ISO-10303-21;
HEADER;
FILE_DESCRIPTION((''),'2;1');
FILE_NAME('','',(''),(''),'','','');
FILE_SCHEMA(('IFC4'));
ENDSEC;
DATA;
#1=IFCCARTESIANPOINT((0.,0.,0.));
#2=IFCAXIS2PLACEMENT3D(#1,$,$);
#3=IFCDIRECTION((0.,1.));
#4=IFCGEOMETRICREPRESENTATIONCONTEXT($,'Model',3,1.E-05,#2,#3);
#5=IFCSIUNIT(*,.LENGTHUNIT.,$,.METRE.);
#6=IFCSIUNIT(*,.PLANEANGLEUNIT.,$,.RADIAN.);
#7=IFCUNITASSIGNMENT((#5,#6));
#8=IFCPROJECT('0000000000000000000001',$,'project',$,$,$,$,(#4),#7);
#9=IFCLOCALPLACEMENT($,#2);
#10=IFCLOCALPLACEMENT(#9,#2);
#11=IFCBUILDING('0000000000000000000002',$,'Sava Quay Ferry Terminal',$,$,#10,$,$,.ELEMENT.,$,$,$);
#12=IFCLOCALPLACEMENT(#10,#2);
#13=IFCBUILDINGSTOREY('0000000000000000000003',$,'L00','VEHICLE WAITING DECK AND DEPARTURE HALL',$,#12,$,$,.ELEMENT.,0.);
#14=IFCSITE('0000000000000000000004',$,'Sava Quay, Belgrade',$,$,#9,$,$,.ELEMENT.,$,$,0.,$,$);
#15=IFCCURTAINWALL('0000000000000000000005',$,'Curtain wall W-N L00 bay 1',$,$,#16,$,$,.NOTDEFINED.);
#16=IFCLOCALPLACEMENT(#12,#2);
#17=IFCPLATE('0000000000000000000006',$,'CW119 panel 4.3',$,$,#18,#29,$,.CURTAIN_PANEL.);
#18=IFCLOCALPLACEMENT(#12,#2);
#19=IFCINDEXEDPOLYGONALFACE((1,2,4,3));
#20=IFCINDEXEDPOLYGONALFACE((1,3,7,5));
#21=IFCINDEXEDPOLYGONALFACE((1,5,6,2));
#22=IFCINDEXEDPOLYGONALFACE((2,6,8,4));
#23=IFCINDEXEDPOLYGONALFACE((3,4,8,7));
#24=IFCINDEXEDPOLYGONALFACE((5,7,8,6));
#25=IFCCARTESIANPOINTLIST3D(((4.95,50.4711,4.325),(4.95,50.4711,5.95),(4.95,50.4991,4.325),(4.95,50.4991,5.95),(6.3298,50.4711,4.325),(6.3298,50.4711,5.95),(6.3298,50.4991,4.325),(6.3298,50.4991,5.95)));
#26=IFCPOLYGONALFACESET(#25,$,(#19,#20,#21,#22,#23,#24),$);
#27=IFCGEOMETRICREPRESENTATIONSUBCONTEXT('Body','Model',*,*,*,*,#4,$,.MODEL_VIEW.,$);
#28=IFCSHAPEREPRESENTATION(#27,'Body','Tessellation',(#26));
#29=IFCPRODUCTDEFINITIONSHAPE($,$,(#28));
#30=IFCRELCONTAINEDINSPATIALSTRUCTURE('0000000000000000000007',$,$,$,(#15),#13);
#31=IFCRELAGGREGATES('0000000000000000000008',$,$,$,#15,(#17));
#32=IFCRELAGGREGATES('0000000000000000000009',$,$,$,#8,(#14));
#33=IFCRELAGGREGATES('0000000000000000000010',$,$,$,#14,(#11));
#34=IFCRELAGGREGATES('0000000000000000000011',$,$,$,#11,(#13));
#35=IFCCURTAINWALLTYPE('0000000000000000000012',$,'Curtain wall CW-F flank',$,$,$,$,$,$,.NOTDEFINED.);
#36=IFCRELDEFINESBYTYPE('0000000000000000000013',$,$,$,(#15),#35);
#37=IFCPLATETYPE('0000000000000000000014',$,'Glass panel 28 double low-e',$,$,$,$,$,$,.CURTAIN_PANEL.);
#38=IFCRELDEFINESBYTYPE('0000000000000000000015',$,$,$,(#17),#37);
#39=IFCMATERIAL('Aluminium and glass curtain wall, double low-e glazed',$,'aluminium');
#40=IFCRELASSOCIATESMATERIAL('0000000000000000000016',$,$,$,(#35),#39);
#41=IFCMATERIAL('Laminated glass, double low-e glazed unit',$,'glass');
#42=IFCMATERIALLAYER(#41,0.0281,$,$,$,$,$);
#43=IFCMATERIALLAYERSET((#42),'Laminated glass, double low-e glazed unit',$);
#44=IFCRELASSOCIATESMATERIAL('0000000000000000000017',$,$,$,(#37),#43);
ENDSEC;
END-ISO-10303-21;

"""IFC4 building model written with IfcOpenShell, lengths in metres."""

from ifc_helpers import new_model, si_unit, direction, frame, origin, origin_2d, place, context, subcontext, project, spatial, rectangle, extrude, material, layer, layer_set, type_object, element, aggregate, save


model = new_model("IFC4")

# Units and contexts
model_context = context("Model", 3, precision=1e-05, world=origin(), true_north=direction((0.0, 1.0)))
body_context = subcontext(model_context, "Body", "Model", "MODEL_VIEW")
ifc_project = project(units=[si_unit("LENGTHUNIT", "METRE"), si_unit("PLANEANGLEUNIT", "RADIAN")], contexts=[model_context])

# Site, building, storey
site_placement = place(None, origin())
site = spatial("IfcSite", under=ifc_project, at=site_placement, Name="Sava Quay, Belgrade", CompositionType="ELEMENT", RefElevation=0.0)
building_placement = place(site_placement, origin())
building = spatial("IfcBuilding", under=site, at=building_placement, Name="Sava Quay Ferry Terminal", CompositionType="ELEMENT")
storey_placement = place(building_placement, origin())
storey = spatial("IfcBuildingStorey", under=building, at=storey_placement, Name="L00", Description="VEHICLE WAITING DECK AND DEPARTURE HALL", CompositionType="ELEMENT", Elevation=0.0)

# Curtain wall, plate
ifc_material_1 = material(Name="Aluminium and glass curtain wall, double low-e glazed", Category="aluminium")
curtain_wall_type = type_object("IfcCurtainWallType", Name="Curtain wall CW-F flank", PredefinedType="NOTDEFINED", material=ifc_material_1)
curtain_wall_placement = place(storey_placement, origin())
curtain_wall = element("IfcCurtainWall", 1, at=curtain_wall_placement, inside=storey, type_object=curtain_wall_type, Name="Curtain wall W-N L00 bay 1", PredefinedType="NOTDEFINED")
ifc_material_2 = material(Name="Laminated glass, double low-e glazed unit", Category="glass")
ifc_layer = layer(ifc_material_2, 0.0281)
ifc_layer_set = layer_set([ifc_layer], Name="Laminated glass, double low-e glazed unit")
plate_type = type_object("IfcPlateType", Name="Glass panel 28 double low-e", PredefinedType="CURTAIN_PANEL", material=ifc_layer_set)
plate_1_placement = place(storey_placement, frame((5.6399, 50.4851, 4.325), z_axis=(0.0, 0.0, 1.0), x_axis=(1.0, 0.0, 0.0)))
plate_1 = element("IfcPlate", 2, at=plate_1_placement, type_object=plate_type, Name="CW119 panel 4.3", PredefinedType="CURTAIN_PANEL", context=body_context, shape_type="SweptSolid", body=[
    extrude(rectangle(XDim=1.3799, YDim=0.0281, at=origin_2d()), origin(), (0.0, 0.0, 1.0), 1.625),
])
aggregate(curtain_wall, [plate_1])

save(model, "model.ifc")
